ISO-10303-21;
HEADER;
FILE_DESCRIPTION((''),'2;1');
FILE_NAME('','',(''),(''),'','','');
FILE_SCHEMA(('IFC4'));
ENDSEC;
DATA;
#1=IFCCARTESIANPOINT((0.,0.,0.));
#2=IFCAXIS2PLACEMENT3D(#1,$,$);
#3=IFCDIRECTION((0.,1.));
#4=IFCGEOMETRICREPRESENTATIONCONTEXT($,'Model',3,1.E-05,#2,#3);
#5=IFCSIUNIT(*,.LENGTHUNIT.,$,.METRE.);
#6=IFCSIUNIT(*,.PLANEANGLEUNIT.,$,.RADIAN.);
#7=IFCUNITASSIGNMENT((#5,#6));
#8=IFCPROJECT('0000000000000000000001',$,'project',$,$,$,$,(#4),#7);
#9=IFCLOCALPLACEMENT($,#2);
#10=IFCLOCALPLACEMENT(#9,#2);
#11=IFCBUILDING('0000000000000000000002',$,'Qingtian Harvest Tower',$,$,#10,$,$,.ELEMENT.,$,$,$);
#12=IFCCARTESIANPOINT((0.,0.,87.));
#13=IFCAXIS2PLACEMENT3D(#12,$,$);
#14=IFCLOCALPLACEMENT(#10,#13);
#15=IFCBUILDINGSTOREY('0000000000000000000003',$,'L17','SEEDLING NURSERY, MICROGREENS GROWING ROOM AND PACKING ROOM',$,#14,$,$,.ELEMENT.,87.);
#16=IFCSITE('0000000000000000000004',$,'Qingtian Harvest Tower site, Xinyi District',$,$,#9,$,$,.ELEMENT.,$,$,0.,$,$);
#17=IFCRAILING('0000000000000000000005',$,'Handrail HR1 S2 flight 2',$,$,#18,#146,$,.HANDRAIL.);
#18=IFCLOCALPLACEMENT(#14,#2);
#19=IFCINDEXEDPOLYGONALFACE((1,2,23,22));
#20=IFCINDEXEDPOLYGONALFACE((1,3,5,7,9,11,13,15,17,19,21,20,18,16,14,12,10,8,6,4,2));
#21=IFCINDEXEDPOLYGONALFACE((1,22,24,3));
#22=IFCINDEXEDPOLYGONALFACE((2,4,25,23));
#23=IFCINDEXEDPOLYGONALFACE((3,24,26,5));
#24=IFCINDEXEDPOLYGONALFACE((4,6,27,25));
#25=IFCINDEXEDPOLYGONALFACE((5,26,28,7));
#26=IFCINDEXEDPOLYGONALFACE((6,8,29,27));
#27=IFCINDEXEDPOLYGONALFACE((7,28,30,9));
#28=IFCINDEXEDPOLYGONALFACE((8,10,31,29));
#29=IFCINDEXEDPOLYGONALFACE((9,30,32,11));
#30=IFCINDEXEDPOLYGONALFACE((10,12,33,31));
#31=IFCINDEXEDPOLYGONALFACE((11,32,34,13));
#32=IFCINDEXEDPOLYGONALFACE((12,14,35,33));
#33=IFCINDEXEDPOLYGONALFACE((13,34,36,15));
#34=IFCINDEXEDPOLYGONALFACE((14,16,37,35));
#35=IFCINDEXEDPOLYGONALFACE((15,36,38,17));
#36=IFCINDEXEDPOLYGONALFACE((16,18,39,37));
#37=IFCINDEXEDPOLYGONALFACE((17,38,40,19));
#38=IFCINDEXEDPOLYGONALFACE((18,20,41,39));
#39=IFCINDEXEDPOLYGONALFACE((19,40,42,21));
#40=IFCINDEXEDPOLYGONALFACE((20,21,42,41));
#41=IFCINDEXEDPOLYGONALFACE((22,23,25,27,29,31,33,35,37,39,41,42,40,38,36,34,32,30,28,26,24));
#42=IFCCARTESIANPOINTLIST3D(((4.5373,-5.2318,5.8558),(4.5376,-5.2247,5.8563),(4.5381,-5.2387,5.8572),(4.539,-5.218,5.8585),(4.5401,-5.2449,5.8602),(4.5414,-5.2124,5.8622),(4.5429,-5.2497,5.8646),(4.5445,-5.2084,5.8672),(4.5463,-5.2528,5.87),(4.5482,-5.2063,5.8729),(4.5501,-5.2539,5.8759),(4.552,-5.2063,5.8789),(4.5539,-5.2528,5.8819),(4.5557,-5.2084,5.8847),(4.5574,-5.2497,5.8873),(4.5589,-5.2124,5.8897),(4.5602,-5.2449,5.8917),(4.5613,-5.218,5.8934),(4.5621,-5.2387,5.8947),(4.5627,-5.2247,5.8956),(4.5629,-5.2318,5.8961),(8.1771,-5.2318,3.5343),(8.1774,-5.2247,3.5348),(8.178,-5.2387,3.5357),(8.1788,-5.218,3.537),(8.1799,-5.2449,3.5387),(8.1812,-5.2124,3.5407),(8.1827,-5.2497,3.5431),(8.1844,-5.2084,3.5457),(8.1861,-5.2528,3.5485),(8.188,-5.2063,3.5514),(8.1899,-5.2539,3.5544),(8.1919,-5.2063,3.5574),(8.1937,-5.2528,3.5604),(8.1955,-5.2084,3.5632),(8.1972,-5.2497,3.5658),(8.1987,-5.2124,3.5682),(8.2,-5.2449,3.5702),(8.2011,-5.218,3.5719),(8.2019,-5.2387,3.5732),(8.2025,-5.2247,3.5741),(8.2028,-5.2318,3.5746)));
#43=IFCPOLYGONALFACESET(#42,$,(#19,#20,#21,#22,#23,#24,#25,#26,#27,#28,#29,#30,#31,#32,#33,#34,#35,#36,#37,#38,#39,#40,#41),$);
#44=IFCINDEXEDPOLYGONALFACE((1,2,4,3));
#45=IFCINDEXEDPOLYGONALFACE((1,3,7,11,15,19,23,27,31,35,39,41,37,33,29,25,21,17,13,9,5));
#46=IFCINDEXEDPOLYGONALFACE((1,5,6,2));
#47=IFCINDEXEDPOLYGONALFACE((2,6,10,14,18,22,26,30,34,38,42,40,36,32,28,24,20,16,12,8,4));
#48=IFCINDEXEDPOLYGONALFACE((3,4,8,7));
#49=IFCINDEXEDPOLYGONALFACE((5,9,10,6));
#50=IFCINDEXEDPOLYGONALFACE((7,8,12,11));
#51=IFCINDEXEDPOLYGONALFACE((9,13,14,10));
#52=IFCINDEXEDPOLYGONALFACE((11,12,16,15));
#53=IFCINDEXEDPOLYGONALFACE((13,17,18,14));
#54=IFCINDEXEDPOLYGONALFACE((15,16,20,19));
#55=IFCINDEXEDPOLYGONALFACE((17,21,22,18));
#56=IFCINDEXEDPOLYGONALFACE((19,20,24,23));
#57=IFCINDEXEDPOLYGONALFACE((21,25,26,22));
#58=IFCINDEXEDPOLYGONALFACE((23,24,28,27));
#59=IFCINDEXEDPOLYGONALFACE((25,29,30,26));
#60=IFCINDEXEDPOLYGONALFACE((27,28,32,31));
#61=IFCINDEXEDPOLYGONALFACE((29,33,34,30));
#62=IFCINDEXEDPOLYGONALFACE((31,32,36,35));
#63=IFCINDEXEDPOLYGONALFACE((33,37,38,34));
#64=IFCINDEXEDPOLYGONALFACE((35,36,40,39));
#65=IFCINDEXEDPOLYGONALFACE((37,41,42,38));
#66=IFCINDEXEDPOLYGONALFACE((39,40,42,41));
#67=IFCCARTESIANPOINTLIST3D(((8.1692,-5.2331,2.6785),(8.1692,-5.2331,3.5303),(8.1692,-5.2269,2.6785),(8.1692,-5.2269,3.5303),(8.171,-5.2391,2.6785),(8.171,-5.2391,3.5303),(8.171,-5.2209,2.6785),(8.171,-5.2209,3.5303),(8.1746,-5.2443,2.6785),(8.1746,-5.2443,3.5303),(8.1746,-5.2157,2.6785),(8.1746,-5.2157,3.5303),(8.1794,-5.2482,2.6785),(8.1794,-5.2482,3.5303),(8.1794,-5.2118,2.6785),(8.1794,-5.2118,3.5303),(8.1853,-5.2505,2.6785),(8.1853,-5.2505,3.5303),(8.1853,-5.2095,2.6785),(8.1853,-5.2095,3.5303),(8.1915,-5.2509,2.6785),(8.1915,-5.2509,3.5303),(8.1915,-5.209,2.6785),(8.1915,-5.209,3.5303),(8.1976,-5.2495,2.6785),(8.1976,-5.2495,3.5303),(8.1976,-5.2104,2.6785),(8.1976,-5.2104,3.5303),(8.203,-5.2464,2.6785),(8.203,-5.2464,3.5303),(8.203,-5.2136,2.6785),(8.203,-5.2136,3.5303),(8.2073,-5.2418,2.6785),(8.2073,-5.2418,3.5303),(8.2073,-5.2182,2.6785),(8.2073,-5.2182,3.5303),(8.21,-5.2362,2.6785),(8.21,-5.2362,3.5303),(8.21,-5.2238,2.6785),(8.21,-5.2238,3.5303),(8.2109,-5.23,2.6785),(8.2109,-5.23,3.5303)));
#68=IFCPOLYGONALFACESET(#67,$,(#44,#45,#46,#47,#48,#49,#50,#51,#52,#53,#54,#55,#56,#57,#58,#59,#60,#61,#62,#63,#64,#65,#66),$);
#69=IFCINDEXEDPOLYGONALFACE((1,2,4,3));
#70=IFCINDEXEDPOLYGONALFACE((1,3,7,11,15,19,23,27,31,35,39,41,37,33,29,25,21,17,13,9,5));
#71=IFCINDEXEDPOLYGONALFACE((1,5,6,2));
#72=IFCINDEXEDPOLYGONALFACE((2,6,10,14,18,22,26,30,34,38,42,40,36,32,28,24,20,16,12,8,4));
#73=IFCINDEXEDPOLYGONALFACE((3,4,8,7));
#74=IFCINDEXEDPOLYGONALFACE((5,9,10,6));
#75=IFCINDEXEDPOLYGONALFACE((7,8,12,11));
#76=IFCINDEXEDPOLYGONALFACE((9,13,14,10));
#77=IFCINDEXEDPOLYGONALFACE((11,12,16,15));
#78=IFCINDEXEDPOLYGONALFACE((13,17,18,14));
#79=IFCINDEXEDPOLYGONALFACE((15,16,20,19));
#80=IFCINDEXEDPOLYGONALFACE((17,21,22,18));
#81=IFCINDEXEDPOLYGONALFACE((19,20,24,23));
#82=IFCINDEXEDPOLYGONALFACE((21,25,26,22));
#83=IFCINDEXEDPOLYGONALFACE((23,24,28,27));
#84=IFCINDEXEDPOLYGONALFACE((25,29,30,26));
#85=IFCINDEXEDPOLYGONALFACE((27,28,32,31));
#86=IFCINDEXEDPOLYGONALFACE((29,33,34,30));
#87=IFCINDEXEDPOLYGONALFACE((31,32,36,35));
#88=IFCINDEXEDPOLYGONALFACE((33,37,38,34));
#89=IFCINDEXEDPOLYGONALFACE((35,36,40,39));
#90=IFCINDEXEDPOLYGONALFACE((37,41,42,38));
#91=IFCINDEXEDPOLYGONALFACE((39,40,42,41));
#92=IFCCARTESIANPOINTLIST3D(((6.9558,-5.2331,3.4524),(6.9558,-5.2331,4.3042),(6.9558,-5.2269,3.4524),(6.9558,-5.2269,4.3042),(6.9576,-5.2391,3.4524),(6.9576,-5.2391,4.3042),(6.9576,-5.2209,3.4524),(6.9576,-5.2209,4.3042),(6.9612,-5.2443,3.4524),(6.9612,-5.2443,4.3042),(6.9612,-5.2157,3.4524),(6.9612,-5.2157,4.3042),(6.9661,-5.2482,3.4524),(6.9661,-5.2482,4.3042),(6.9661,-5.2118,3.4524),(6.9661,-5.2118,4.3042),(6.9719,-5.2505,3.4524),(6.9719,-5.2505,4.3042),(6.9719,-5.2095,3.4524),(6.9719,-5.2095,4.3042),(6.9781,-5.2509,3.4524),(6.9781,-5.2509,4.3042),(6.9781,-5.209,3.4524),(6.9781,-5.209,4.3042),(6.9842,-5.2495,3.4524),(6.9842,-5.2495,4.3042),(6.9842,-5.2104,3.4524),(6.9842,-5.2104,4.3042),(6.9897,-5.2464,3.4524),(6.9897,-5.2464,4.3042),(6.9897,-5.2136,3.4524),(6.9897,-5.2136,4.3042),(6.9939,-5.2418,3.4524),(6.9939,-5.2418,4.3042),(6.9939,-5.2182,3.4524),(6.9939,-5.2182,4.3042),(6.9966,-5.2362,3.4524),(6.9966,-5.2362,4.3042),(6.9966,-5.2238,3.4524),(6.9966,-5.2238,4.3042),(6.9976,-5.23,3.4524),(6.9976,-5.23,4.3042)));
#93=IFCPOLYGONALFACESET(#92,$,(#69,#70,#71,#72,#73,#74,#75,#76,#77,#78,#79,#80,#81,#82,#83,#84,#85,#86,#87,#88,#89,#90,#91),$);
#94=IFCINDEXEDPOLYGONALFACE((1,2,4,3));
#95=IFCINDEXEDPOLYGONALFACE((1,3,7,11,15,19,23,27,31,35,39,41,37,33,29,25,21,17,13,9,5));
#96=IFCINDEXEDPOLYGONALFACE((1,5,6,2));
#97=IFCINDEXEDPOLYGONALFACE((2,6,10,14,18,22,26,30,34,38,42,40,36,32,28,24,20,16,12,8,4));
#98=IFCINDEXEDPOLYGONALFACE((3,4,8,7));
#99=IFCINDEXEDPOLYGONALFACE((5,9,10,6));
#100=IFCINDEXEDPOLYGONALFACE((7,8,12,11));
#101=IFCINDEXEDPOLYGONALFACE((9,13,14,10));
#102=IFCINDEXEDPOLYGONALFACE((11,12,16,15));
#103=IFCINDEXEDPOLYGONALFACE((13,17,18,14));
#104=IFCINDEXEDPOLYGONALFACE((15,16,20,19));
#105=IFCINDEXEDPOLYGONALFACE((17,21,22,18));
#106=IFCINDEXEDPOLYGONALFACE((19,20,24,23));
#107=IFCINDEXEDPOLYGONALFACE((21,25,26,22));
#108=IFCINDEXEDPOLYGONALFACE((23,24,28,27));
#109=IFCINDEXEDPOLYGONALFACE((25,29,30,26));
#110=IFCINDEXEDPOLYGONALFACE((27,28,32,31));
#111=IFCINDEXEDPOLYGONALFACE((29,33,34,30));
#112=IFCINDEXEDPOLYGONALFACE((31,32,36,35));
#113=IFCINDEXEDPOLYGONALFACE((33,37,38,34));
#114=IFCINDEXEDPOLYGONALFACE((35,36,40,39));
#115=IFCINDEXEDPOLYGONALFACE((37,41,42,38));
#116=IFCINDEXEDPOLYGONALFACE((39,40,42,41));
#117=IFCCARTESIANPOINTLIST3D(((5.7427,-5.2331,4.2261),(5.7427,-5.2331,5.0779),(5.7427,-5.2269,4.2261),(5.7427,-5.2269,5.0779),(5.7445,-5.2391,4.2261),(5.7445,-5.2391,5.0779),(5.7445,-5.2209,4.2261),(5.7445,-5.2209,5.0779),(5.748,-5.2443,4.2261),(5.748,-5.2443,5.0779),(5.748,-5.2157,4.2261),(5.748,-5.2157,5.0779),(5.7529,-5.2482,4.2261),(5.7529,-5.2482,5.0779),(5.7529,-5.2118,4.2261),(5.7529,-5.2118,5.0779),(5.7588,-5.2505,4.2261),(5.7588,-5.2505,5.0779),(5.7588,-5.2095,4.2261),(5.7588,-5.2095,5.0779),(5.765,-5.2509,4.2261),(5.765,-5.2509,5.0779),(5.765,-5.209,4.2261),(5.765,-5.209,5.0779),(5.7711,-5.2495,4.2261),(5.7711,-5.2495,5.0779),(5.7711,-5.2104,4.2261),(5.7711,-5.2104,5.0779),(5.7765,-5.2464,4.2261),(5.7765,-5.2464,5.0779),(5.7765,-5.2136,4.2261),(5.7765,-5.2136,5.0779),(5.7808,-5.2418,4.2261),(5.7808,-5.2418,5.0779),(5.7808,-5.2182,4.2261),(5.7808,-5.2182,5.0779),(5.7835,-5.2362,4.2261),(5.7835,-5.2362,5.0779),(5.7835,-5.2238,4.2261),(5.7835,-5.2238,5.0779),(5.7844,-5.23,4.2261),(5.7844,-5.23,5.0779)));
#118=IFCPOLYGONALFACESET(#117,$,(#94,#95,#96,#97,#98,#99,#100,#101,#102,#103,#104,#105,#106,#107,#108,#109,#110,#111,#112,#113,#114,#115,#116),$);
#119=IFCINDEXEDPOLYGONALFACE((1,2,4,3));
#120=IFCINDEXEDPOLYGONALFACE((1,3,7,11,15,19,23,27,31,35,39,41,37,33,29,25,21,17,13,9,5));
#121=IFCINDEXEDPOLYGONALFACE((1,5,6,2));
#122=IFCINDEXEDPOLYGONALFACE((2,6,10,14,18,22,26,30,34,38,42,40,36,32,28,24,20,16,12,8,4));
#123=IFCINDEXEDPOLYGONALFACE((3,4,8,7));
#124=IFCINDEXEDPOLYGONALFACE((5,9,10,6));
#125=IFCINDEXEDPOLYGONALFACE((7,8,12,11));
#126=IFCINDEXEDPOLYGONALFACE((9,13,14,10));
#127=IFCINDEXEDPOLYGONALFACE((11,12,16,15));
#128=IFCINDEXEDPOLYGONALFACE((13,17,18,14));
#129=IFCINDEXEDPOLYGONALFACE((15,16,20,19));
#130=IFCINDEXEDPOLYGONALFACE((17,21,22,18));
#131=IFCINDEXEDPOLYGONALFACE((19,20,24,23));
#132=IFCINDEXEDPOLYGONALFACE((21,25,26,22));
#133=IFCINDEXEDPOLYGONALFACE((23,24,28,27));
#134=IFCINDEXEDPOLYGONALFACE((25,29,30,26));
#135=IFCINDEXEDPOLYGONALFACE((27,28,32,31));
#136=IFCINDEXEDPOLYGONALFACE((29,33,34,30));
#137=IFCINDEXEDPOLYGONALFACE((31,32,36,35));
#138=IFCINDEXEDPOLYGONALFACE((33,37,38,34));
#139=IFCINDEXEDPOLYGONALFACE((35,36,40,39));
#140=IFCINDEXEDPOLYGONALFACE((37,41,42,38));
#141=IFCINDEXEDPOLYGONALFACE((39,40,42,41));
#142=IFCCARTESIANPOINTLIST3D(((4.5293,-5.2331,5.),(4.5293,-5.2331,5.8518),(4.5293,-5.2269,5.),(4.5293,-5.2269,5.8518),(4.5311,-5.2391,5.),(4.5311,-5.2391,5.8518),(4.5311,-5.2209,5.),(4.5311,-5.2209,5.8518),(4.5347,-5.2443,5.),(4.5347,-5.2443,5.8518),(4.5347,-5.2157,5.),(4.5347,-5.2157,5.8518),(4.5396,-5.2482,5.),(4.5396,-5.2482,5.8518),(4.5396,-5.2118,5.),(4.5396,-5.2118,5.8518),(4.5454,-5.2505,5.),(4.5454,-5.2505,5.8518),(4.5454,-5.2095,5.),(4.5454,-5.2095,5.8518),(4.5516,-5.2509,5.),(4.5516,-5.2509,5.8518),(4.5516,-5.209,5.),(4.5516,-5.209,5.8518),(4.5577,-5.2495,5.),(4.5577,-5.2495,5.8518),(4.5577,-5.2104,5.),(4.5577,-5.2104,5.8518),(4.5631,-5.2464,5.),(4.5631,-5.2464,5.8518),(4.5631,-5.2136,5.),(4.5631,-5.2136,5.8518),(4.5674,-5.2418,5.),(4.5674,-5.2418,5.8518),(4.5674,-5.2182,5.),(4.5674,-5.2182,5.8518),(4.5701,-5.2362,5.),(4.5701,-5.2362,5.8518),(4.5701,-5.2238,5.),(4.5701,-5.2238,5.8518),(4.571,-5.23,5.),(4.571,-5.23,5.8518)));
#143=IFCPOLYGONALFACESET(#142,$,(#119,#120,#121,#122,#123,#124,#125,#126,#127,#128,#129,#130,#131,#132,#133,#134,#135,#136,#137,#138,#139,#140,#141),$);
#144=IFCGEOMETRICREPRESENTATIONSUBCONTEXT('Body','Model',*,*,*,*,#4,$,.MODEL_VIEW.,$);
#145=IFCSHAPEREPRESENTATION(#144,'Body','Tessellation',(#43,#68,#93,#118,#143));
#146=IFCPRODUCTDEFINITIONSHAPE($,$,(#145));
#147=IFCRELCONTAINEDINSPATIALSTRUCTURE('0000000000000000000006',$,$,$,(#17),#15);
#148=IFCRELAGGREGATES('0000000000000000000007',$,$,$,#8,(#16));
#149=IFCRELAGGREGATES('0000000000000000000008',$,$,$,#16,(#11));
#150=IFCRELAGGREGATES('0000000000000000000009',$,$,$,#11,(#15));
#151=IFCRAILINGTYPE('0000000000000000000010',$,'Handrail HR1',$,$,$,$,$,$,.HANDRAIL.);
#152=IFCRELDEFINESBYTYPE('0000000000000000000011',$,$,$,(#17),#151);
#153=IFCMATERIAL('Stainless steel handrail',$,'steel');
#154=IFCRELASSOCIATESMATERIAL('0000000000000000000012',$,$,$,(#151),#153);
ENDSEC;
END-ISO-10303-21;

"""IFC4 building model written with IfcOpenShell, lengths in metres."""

from ifc_helpers import new_model, si_unit, direction, frame, origin, origin_2d, place, context, subcontext, project, spatial, circle, extrude, material, type_object, element, save


model = new_model("IFC4")

# Units and contexts
model_context = context("Model", 3, precision=1e-05, world=origin(), true_north=direction((0.0, 1.0)))
body_context = subcontext(model_context, "Body", "Model", "MODEL_VIEW")
ifc_project = project(units=[si_unit("LENGTHUNIT", "METRE"), si_unit("PLANEANGLEUNIT", "RADIAN")], contexts=[model_context])

# Site, building, storey
site_placement = place(None, origin())
site = spatial("IfcSite", under=ifc_project, at=site_placement, Name="Qingtian Harvest Tower site, Xinyi District", CompositionType="ELEMENT", RefElevation=0.0)
building_placement = place(site_placement, origin())
building = spatial("IfcBuilding", under=site, at=building_placement, Name="Qingtian Harvest Tower", CompositionType="ELEMENT")
storey_placement = place(building_placement, frame((0.0, 0.0, 87.0)))
storey = spatial("IfcBuildingStorey", under=building, at=storey_placement, Name="L17", Description="SEEDLING NURSERY, MICROGREENS GROWING ROOM AND PACKING ROOM", CompositionType="ELEMENT", Elevation=87.0)

# Railing
ifc_material_1 = material(Name="Stainless steel handrail", Category="steel")
railing_type = type_object("IfcRailingType", Name="Handrail HR1", PredefinedType="HANDRAIL", material=ifc_material_1)
railing_1_placement = place(storey_placement, frame((8.1899, -5.23, 2.6785)))
element("IfcRailing", 1, at=railing_1_placement, inside=storey, type_object=railing_type, Name="Handrail HR1 S2 flight 2", PredefinedType="HANDRAIL", context=body_context, shape_type="SweptSolid", body=[
    extrude(circle(Radius=0.0239, at=origin_2d()), frame((0.0, 0.0, 0.876), z_axis=(-0.843112, 0.0, 0.537739), x_axis=(0.0, -1.0, 0.0)), (0.0, 0.0, 1.0), 4.3171),
    extrude(circle(Radius=0.021, at=origin_2d()), origin(), (0.0, 0.0, 1.0), 0.8518),
    extrude(circle(Radius=0.021, at=origin_2d()), frame((-1.2134, 0.0, 0.7739)), (0.0, 0.0, 1.0), 0.8518),
    extrude(circle(Radius=0.021, at=origin_2d()), frame((-2.4265, 0.0, 1.5476)), (0.0, 0.0, 1.0), 0.8518),
    extrude(circle(Radius=0.021, at=origin_2d()), frame((-3.6399, 0.0, 2.3215)), (0.0, 0.0, 1.0), 0.8518),
])

save(model, "model.ifc")
